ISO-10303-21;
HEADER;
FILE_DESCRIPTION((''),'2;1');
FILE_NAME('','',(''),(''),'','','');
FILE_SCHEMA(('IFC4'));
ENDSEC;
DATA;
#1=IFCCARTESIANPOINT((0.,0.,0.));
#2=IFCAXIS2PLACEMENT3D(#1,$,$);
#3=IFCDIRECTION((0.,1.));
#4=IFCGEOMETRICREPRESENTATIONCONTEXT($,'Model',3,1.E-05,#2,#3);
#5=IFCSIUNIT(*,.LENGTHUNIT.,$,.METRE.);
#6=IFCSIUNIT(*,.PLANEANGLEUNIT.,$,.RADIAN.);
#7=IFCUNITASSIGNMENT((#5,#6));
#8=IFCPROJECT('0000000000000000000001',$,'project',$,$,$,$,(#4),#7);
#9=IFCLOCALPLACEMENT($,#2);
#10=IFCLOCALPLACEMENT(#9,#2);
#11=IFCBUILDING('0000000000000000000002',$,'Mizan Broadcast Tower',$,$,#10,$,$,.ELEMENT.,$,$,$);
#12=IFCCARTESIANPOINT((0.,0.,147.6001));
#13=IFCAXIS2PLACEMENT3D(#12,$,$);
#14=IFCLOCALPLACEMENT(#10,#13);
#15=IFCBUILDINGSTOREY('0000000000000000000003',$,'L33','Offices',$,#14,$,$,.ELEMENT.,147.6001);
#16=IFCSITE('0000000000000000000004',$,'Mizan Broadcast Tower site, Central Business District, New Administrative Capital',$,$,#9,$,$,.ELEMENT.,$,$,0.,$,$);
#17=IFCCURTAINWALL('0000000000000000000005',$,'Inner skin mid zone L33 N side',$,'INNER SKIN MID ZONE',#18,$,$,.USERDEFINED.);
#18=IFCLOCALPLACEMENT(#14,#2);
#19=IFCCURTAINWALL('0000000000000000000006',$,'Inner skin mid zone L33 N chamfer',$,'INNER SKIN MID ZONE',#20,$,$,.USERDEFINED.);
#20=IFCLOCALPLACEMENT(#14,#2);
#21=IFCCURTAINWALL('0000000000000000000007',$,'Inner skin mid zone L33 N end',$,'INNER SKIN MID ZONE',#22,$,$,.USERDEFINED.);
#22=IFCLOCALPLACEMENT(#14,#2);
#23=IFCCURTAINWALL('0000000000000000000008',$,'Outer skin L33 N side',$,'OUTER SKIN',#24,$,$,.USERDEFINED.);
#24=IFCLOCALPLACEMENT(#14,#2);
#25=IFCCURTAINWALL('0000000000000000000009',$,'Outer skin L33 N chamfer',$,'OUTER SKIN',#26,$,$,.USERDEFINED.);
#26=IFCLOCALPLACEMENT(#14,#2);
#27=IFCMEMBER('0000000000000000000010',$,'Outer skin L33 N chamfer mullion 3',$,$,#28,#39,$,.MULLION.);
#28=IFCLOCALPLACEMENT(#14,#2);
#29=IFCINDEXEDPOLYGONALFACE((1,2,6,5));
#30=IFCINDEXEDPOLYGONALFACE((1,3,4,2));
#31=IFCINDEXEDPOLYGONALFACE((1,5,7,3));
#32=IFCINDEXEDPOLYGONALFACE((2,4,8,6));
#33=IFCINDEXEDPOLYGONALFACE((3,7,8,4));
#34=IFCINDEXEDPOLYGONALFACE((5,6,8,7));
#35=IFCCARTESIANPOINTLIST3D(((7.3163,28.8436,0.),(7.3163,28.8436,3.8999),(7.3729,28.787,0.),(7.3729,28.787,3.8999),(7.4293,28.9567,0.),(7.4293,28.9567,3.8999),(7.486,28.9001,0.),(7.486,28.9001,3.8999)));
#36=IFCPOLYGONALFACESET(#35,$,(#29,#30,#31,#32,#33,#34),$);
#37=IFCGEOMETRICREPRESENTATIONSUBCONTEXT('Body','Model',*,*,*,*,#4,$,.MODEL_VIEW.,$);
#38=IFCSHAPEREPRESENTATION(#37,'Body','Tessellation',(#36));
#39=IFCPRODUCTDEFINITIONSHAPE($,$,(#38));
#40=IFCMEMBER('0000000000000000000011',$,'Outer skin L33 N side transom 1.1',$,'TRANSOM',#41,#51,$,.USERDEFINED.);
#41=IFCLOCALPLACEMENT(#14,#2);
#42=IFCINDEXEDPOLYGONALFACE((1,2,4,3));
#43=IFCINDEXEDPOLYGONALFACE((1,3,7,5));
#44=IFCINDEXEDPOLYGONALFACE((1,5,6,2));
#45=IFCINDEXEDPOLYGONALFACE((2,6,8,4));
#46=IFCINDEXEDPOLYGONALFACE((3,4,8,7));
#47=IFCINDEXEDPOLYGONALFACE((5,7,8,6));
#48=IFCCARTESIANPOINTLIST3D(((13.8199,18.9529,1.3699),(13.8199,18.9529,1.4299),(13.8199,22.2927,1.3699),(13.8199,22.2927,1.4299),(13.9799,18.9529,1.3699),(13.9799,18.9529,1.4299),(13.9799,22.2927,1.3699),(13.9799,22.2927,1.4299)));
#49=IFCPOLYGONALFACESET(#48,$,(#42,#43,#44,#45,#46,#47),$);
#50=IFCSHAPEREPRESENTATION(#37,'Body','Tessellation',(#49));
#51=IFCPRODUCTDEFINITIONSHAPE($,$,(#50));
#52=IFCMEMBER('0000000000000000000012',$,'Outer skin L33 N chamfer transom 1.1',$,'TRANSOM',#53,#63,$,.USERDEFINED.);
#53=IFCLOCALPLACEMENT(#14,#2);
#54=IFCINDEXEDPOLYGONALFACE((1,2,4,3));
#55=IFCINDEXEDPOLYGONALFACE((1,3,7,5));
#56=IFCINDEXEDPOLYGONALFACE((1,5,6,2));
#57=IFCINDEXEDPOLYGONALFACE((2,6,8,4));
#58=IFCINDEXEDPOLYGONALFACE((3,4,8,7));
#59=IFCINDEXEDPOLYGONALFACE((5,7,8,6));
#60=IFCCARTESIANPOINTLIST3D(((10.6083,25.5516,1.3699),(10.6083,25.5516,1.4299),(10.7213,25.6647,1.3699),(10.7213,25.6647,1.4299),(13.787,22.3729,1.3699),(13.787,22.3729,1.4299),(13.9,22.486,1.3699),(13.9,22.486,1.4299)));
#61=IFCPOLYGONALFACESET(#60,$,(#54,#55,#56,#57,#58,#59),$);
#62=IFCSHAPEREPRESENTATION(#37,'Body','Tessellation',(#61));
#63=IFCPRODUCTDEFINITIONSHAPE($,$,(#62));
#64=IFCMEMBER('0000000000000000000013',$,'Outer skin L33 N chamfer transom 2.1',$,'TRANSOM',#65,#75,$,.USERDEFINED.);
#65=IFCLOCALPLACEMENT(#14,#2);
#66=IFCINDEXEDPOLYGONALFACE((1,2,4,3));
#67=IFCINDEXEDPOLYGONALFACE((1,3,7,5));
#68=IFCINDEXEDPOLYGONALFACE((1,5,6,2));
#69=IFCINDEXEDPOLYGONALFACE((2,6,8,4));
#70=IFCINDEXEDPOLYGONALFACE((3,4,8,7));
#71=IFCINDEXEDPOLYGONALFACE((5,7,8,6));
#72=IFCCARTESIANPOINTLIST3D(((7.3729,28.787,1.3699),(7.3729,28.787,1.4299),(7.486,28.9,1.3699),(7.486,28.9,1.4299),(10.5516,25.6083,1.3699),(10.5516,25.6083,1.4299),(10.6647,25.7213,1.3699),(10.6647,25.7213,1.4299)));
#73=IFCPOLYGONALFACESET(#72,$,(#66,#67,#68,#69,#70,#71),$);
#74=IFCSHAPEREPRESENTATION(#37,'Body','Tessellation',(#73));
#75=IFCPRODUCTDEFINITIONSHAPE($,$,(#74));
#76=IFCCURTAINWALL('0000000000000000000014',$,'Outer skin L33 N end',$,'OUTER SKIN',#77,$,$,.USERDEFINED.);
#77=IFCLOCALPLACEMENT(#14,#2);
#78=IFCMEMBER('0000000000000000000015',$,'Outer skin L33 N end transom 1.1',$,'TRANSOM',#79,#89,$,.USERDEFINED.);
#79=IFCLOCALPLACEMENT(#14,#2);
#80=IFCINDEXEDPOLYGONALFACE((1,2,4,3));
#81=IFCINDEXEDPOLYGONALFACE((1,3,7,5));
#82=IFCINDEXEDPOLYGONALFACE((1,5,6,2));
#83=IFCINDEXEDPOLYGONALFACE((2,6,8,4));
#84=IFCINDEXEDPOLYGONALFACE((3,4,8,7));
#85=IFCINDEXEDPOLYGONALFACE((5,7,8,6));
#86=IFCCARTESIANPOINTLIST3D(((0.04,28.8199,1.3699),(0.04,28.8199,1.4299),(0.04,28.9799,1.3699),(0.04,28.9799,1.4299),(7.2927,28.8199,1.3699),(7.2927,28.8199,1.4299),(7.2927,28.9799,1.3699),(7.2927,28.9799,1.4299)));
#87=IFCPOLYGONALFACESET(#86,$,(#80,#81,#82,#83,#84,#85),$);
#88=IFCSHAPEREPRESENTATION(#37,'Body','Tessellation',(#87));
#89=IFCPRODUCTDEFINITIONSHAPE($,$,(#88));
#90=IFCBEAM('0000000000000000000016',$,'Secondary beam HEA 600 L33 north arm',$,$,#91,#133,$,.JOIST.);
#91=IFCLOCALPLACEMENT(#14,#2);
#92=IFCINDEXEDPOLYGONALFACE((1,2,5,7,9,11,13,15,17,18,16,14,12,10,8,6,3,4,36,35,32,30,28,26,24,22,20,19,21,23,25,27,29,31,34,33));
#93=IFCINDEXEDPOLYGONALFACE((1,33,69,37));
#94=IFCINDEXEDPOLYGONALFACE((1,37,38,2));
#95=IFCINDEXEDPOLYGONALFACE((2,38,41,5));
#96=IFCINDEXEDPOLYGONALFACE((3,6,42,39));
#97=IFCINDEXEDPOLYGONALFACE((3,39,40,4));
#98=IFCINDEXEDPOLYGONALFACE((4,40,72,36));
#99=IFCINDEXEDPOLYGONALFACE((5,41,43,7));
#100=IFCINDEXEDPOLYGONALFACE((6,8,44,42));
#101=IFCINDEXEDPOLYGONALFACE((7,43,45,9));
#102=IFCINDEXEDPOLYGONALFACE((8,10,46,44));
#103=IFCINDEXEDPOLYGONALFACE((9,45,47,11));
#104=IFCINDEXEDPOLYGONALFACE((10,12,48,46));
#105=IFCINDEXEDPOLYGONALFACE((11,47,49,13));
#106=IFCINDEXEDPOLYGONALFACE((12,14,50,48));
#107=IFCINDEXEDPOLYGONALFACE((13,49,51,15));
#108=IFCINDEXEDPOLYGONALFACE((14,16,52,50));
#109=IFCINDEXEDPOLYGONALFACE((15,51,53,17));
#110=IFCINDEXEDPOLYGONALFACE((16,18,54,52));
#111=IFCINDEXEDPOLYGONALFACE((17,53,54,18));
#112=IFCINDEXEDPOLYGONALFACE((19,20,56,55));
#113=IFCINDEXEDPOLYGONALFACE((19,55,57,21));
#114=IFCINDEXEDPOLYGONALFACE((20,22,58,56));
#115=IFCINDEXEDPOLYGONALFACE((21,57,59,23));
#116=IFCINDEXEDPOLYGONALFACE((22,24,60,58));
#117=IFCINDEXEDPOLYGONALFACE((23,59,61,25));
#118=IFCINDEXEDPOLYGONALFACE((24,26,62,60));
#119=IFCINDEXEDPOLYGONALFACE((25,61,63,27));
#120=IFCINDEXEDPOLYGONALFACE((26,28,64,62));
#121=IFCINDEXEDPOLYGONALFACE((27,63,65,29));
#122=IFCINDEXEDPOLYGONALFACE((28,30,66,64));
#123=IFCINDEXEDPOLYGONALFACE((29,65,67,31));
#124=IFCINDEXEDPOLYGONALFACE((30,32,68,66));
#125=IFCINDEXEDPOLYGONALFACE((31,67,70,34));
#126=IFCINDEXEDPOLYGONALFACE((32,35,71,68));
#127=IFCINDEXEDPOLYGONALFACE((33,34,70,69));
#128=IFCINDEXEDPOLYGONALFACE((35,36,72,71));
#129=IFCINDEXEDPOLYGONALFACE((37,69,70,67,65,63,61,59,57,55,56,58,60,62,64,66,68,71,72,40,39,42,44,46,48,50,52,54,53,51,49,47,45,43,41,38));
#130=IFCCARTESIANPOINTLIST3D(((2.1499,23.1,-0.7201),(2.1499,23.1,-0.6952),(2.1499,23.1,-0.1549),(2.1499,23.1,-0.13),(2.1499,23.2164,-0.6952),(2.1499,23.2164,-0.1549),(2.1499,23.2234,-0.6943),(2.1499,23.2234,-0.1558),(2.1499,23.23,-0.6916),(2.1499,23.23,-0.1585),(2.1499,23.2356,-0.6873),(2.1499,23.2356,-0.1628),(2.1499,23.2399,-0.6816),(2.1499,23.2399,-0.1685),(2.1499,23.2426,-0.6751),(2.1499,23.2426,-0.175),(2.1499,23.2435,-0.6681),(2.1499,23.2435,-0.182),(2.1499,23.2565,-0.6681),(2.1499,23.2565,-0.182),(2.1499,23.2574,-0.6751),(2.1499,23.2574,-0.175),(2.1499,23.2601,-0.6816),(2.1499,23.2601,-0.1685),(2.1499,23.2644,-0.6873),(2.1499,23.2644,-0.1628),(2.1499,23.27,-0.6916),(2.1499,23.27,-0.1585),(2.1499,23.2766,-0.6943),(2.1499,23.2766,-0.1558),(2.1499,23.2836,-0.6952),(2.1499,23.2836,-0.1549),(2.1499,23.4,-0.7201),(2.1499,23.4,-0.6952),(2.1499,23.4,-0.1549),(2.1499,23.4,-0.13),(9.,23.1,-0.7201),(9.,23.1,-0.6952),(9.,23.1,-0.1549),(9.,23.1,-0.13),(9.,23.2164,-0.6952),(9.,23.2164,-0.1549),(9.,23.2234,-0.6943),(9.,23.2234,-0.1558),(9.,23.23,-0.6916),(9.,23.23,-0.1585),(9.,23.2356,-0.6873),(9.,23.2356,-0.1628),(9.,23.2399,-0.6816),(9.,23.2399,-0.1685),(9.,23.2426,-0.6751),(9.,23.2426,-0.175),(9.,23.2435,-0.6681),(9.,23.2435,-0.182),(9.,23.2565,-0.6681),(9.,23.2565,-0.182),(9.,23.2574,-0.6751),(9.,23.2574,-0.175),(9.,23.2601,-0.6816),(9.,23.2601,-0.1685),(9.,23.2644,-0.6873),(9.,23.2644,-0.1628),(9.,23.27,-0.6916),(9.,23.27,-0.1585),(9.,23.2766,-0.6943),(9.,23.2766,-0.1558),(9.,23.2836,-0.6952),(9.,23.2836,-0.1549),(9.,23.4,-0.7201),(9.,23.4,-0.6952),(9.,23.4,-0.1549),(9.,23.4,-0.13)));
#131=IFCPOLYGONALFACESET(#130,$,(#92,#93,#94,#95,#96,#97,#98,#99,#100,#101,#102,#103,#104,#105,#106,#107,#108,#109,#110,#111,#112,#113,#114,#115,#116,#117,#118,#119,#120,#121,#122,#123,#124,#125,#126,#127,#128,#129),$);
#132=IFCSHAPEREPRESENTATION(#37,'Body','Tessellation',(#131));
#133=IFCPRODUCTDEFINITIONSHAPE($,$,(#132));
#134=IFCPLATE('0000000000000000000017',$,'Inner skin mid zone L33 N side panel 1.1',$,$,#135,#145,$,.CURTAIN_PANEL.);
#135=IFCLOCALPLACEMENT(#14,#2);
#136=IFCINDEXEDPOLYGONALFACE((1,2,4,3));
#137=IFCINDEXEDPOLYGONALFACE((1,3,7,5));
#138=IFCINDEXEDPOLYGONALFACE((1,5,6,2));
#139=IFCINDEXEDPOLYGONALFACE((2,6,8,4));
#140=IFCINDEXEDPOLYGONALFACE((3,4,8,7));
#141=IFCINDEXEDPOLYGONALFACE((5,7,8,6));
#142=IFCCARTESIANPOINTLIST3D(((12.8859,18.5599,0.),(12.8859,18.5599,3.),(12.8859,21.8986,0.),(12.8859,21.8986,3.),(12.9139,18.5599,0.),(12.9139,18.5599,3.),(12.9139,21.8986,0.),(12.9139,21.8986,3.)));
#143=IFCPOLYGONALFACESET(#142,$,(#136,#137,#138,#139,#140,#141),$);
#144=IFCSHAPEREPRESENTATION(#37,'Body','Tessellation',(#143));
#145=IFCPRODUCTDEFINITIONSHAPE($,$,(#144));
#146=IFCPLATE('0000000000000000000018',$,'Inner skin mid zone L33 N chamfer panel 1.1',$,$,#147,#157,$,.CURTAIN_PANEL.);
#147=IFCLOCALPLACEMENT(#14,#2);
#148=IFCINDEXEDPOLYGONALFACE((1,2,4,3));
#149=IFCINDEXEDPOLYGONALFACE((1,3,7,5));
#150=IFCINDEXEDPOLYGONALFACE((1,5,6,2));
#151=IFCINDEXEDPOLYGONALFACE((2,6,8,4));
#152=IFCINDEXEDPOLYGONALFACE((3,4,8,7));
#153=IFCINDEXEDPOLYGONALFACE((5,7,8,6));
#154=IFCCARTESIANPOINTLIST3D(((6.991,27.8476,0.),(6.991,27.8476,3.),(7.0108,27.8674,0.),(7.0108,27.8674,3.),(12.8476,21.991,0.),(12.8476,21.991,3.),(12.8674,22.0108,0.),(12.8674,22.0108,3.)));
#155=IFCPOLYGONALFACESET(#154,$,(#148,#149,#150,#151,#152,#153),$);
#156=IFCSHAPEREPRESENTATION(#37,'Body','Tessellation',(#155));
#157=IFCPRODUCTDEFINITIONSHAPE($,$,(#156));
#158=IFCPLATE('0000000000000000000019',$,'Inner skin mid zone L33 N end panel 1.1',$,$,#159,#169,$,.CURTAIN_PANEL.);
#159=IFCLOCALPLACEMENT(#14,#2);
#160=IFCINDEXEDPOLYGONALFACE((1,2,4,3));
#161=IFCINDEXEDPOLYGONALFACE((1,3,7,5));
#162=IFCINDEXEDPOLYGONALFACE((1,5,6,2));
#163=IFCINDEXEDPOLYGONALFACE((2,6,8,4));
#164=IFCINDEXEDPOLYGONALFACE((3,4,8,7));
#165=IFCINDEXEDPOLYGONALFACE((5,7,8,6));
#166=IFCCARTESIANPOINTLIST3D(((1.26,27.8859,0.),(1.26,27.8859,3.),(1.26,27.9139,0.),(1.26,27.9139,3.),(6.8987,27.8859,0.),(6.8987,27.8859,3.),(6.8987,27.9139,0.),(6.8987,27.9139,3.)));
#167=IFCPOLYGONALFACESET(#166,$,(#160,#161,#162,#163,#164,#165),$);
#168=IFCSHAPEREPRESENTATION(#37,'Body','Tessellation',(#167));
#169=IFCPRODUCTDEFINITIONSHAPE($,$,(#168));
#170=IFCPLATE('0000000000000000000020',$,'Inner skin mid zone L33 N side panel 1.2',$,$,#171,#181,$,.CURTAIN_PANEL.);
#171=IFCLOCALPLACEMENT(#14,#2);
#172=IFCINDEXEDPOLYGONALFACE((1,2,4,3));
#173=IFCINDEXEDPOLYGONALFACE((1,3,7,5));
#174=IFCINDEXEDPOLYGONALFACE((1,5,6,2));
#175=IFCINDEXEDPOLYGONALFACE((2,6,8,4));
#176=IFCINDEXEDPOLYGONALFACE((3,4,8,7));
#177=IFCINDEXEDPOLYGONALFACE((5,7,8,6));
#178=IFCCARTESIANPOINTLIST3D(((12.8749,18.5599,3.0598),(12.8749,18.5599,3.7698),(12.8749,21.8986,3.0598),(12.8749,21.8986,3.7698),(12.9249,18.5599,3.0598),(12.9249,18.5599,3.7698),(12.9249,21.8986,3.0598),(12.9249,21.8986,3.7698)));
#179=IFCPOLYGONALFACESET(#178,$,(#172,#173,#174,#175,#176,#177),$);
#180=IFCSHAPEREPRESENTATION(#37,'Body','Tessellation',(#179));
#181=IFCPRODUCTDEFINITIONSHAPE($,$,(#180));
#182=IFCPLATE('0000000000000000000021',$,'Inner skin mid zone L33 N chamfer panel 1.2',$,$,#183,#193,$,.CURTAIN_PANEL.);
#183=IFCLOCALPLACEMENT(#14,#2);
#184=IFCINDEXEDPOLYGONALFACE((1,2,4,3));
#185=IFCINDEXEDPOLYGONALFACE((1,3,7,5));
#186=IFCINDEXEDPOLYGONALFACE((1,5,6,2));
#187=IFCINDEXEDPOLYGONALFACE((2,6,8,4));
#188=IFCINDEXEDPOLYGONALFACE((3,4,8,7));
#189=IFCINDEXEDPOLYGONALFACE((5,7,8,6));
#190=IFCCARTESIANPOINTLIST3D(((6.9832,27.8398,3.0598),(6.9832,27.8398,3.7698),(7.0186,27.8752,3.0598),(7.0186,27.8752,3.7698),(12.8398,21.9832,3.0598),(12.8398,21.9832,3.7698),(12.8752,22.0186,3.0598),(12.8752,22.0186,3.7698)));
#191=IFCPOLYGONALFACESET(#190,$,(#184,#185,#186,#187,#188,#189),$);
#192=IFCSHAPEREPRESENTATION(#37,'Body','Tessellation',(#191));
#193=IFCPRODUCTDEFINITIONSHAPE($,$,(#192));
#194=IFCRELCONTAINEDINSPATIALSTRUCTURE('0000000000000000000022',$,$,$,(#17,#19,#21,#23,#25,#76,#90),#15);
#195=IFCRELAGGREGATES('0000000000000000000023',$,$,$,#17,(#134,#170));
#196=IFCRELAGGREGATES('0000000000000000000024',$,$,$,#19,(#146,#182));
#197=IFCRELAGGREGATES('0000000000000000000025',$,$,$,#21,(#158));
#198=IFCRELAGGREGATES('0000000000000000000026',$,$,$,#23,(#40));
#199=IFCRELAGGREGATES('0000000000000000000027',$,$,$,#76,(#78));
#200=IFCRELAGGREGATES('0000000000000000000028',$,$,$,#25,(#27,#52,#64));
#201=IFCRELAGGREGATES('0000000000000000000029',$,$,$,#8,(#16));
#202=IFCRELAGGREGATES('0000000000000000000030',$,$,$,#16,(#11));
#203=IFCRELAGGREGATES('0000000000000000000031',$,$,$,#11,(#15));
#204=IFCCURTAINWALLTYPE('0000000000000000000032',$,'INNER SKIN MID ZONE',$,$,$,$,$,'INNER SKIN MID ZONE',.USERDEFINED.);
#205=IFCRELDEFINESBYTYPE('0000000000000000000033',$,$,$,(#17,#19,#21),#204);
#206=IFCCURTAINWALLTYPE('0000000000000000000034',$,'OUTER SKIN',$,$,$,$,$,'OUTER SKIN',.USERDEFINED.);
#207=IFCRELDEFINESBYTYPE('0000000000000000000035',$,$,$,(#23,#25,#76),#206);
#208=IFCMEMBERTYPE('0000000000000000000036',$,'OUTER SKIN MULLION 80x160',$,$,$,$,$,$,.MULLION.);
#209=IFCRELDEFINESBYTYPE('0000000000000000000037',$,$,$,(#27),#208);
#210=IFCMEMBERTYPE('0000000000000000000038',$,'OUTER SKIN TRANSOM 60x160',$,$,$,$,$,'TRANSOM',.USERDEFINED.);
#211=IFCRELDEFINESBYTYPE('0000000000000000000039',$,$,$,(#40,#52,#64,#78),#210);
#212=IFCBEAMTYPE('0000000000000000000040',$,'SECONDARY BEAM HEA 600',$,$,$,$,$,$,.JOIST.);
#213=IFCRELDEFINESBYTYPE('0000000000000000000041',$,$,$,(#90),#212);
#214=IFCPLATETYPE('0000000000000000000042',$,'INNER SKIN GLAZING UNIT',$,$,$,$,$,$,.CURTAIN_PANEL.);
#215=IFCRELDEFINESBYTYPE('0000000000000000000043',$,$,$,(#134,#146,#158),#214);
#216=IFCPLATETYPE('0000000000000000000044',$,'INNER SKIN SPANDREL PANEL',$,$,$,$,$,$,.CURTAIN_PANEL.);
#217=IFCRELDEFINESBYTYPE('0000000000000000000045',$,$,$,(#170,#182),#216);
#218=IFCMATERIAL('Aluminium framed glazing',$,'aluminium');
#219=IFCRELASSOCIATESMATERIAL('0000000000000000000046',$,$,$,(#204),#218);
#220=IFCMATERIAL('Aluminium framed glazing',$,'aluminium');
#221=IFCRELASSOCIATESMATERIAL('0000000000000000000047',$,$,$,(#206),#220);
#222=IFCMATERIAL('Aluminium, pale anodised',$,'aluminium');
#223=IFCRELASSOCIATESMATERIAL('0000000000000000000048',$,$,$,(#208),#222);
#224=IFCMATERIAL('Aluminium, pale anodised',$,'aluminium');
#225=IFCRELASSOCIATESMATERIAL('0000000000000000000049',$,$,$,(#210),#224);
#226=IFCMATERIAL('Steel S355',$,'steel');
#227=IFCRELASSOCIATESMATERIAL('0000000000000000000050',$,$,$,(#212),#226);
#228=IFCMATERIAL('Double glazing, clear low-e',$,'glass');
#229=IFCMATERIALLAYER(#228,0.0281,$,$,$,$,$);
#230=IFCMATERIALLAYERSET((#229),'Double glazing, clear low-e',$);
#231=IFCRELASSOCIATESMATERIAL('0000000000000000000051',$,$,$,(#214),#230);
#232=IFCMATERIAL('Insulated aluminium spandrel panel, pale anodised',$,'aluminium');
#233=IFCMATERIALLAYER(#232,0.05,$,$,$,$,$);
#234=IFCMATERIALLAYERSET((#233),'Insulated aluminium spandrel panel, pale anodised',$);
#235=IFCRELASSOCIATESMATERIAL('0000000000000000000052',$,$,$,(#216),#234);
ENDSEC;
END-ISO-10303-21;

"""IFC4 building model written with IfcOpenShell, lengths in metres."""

from ifc_helpers import new_model, si_unit, direction, frame, origin, origin_2d, place, context, subcontext, project, spatial, rectangle, i_section, extrude, material, layer, layer_set, material_profile, profile_set, type_object, element, aggregate, save


model = new_model("IFC4")

# Units and contexts
model_context = context("Model", 3, precision=1e-05, world=origin(), true_north=direction((0.0, 1.0)))
body_context = subcontext(model_context, "Body", "Model", "MODEL_VIEW")
ifc_project = project(units=[si_unit("LENGTHUNIT", "METRE"), si_unit("PLANEANGLEUNIT", "RADIAN")], contexts=[model_context])

# Site, building, storey
site_placement = place(None, origin())
site = spatial("IfcSite", under=ifc_project, at=site_placement, Name="Mizan Broadcast Tower site, Central Business District, New Administrative Capital", CompositionType="ELEMENT", RefElevation=0.0)
building_placement = place(site_placement, origin())
building = spatial("IfcBuilding", under=site, at=building_placement, Name="Mizan Broadcast Tower", CompositionType="ELEMENT")
storey_placement = place(building_placement, frame((0.0, 0.0, 147.6001)))
storey = spatial("IfcBuildingStorey", under=building, at=storey_placement, Name="L33", Description="Offices", CompositionType="ELEMENT", Elevation=147.6001)

# Curtain walls
ifc_material_1 = material(Name="Aluminium framed glazing", Category="aluminium")
curtain_wall_type_1 = type_object("IfcCurtainWallType", Name="INNER SKIN MID ZONE", ElementType="INNER SKIN MID ZONE", PredefinedType="USERDEFINED", material=ifc_material_1)
curtain_wall_1_placement = place(storey_placement, origin())
curtain_wall_1 = element("IfcCurtainWall", 1, at=curtain_wall_1_placement, inside=storey, type_object=curtain_wall_type_1, Name="Inner skin mid zone L33 N side", ObjectType="INNER SKIN MID ZONE", PredefinedType="USERDEFINED")
curtain_wall_2_placement = place(storey_placement, origin())
curtain_wall_2 = element("IfcCurtainWall", 2, at=curtain_wall_2_placement, inside=storey, type_object=curtain_wall_type_1, Name="Inner skin mid zone L33 N chamfer", ObjectType="INNER SKIN MID ZONE", PredefinedType="USERDEFINED")
curtain_wall_3_placement = place(storey_placement, origin())
curtain_wall_3 = element("IfcCurtainWall", 3, at=curtain_wall_3_placement, inside=storey, type_object=curtain_wall_type_1, Name="Inner skin mid zone L33 N end", ObjectType="INNER SKIN MID ZONE", PredefinedType="USERDEFINED")

# Curtain wall
ifc_material_2 = material(Name="Aluminium framed glazing", Category="aluminium")
curtain_wall_type_2 = type_object("IfcCurtainWallType", Name="OUTER SKIN", ElementType="OUTER SKIN", PredefinedType="USERDEFINED", material=ifc_material_2)
curtain_wall_4_placement = place(storey_placement, origin())
curtain_wall_4 = element("IfcCurtainWall", 4, at=curtain_wall_4_placement, inside=storey, type_object=curtain_wall_type_2, Name="Outer skin L33 N side", ObjectType="OUTER SKIN", PredefinedType="USERDEFINED")
ifc_material_3 = material(Name="Aluminium, pale anodised", Category="aluminium")
ifc_material_profile_1 = material_profile(ifc_material_3, rectangle(XDim=0.1599, YDim=0.0801, at=origin_2d()), Name="MULLION 160x80")
ifc_profile_set_1 = profile_set([ifc_material_profile_1], Name="Aluminium, pale anodised")
member_type_1 = type_object("IfcMemberType", Name="OUTER SKIN MULLION 80x160", PredefinedType="MULLION", material=ifc_profile_set_1)

# Curtain wall, member
curtain_wall_5_placement = place(storey_placement, origin())
curtain_wall_5 = element("IfcCurtainWall", 5, at=curtain_wall_5_placement, inside=storey, type_object=curtain_wall_type_2, Name="Outer skin L33 N chamfer", ObjectType="OUTER SKIN", PredefinedType="USERDEFINED")
member_1_placement = place(storey_placement, frame((7.4011, 28.8718, 0.0), z_axis=(0.0, 0.0, 1.0), x_axis=(-0.707107, -0.707107, 0.0)))
member_1 = element("IfcMember", 6, at=member_1_placement, type_object=member_type_1, Name="Outer skin L33 N chamfer mullion 3", PredefinedType="MULLION", context=body_context, shape_type="SweptSolid", body=[
    extrude(rectangle(XDim=0.1599, YDim=0.0801, at=origin_2d()), origin(), (0.0, 0.0, 1.0), 3.8999),
])

# Members
ifc_material_4 = material(Name="Aluminium, pale anodised", Category="aluminium")
ifc_material_profile_2 = material_profile(ifc_material_4, rectangle(XDim=0.1599, YDim=0.0601, at=origin_2d()), Name="TRANSOM 160x60")
ifc_profile_set_2 = profile_set([ifc_material_profile_2], Name="Aluminium, pale anodised")
member_type_2 = type_object("IfcMemberType", Name="OUTER SKIN TRANSOM 60x160", ElementType="TRANSOM", PredefinedType="USERDEFINED", material=ifc_profile_set_2)
member_2_placement = place(storey_placement, frame((13.8999, 18.9529, 1.3999), z_axis=(0.0, 1.0, 0.0), x_axis=(-1.0, 0.0, 0.0)))
member_2 = element("IfcMember", 7, at=member_2_placement, type_object=member_type_2, Name="Outer skin L33 N side transom 1.1", ObjectType="TRANSOM", PredefinedType="USERDEFINED", context=body_context, shape_type="SweptSolid", body=[
    extrude(rectangle(XDim=0.1599, YDim=0.0601, at=origin_2d()), origin(), (0.0, 0.0, 1.0), 3.3398),
])
member_3_placement = place(storey_placement, frame((13.8435, 22.4294, 1.3999), z_axis=(-0.707107, 0.707107, 0.0), x_axis=(-0.707107, -0.707107, 0.0)))
member_3 = element("IfcMember", 8, at=member_3_placement, type_object=member_type_2, Name="Outer skin L33 N chamfer transom 1.1", ObjectType="TRANSOM", PredefinedType="USERDEFINED", context=body_context, shape_type="SweptSolid", body=[
    extrude(rectangle(XDim=0.1599, YDim=0.0601, at=origin_2d()), origin(), (0.0, 0.0, 1.0), 4.4954),
])
member_4_placement = place(storey_placement, frame((10.6082, 25.6648, 1.3999), z_axis=(-0.707107, 0.707107, 0.0), x_axis=(-0.707107, -0.707107, 0.0)))
member_4 = element("IfcMember", 9, at=member_4_placement, type_object=member_type_2, Name="Outer skin L33 N chamfer transom 2.1", ObjectType="TRANSOM", PredefinedType="USERDEFINED", context=body_context, shape_type="SweptSolid", body=[
    extrude(rectangle(XDim=0.1599, YDim=0.0601, at=origin_2d()), origin(), (0.0, 0.0, 1.0), 4.4954),
])

# Curtain wall, member
curtain_wall_6_placement = place(storey_placement, origin())
curtain_wall_6 = element("IfcCurtainWall", 10, at=curtain_wall_6_placement, inside=storey, type_object=curtain_wall_type_2, Name="Outer skin L33 N end", ObjectType="OUTER SKIN", PredefinedType="USERDEFINED")
member_5_placement = place(storey_placement, frame((7.2927, 28.8999, 1.3999), z_axis=(-1.0, 0.0, 0.0), x_axis=(0.0, -1.0, 0.0)))
member_5 = element("IfcMember", 11, at=member_5_placement, type_object=member_type_2, Name="Outer skin L33 N end transom 1.1", ObjectType="TRANSOM", PredefinedType="USERDEFINED", context=body_context, shape_type="SweptSolid", body=[
    extrude(rectangle(XDim=0.1599, YDim=0.0601, at=origin_2d()), origin(), (0.0, 0.0, 1.0), 7.2527),
])

# Beam
ifc_material_5 = material(Name="Steel S355", Category="steel")
ifc_material_profile_3 = material_profile(ifc_material_5, i_section(OverallWidth=0.3, OverallDepth=0.5901, WebThickness=0.0129, FlangeThickness=0.0249, FilletRadius=0.0271, at=origin_2d()), Name="HEA 600")
ifc_profile_set_3 = profile_set([ifc_material_profile_3], Name="Steel S355")
beam_type_1 = type_object("IfcBeamType", Name="SECONDARY BEAM HEA 600", PredefinedType="JOIST", material=ifc_profile_set_3)
beam_1_placement = place(storey_placement, frame((9.0, 23.25, -0.425), z_axis=(-1.0, 0.0, 0.0), x_axis=(0.0, -1.0, 0.0)))
element("IfcBeam", 12, at=beam_1_placement, inside=storey, type_object=beam_type_1, Name="Secondary beam HEA 600 L33 north arm", PredefinedType="JOIST", context=body_context, shape_type="SweptSolid", body=[
    extrude(i_section(OverallWidth=0.3, OverallDepth=0.5901, WebThickness=0.0129, FlangeThickness=0.0249, FilletRadius=0.0271, at=origin_2d()), origin(), (0.0, 0.0, 1.0), 6.8501),
])

# Plates
ifc_material_6 = material(Name="Double glazing, clear low-e", Category="glass")
ifc_layer_1 = layer(ifc_material_6, 0.0281)
ifc_layer_set_1 = layer_set([ifc_layer_1], Name="Double glazing, clear low-e")
plate_type_1 = type_object("IfcPlateType", Name="INNER SKIN GLAZING UNIT", PredefinedType="CURTAIN_PANEL", material=ifc_layer_set_1)
plate_1_placement = place(storey_placement, frame((12.8999, 20.2292, 0.0), z_axis=(0.0, 0.0, 1.0), x_axis=(0.0, 1.0, 0.0)))
plate_1 = element("IfcPlate", 13, at=plate_1_placement, type_object=plate_type_1, Name="Inner skin mid zone L33 N side panel 1.1", PredefinedType="CURTAIN_PANEL", context=body_context, shape_type="SweptSolid", body=[
    extrude(rectangle(XDim=3.3386, YDim=0.0281, at=origin_2d()), origin(), (0.0, 0.0, 1.0), 3.0),
])
plate_2_placement = place(storey_placement, frame((9.9292, 24.9292, 0.0), z_axis=(0.0, 0.0, 1.0), x_axis=(-0.707107, 0.707107, 0.0)))
plate_2 = element("IfcPlate", 14, at=plate_2_placement, type_object=plate_type_1, Name="Inner skin mid zone L33 N chamfer panel 1.1", PredefinedType="CURTAIN_PANEL", context=body_context, shape_type="SweptSolid", body=[
    extrude(rectangle(XDim=8.2825, YDim=0.0281, at=origin_2d()), origin(), (0.0, 0.0, 1.0), 3.0),
])
plate_3_placement = place(storey_placement, frame((4.0793, 27.8999, 0.0), z_axis=(0.0, 0.0, 1.0), x_axis=(-1.0, 0.0, 0.0)))
plate_3 = element("IfcPlate", 15, at=plate_3_placement, type_object=plate_type_1, Name="Inner skin mid zone L33 N end panel 1.1", PredefinedType="CURTAIN_PANEL", context=body_context, shape_type="SweptSolid", body=[
    extrude(rectangle(XDim=5.6387, YDim=0.0281, at=origin_2d()), origin(), (0.0, 0.0, 1.0), 3.0),
])
ifc_material_7 = material(Name="Insulated aluminium spandrel panel, pale anodised", Category="aluminium")
ifc_layer_2 = layer(ifc_material_7, 0.05)
ifc_layer_set_2 = layer_set([ifc_layer_2], Name="Insulated aluminium spandrel panel, pale anodised")
plate_type_2 = type_object("IfcPlateType", Name="INNER SKIN SPANDREL PANEL", PredefinedType="CURTAIN_PANEL", material=ifc_layer_set_2)
plate_4_placement = place(storey_placement, frame((12.8999, 20.2292, 3.0598), z_axis=(0.0, 0.0, 1.0), x_axis=(0.0, 1.0, 0.0)))
plate_4 = element("IfcPlate", 16, at=plate_4_placement, type_object=plate_type_2, Name="Inner skin mid zone L33 N side panel 1.2", PredefinedType="CURTAIN_PANEL", context=body_context, shape_type="SweptSolid", body=[
    extrude(rectangle(XDim=3.3386, YDim=0.05, at=origin_2d()), origin(), (0.0, 0.0, 1.0), 0.71),
])
aggregate(curtain_wall_1, [plate_1, plate_4])
plate_5_placement = place(storey_placement, frame((9.9292, 24.9292, 3.0598), z_axis=(0.0, 0.0, 1.0), x_axis=(-0.707107, 0.707107, 0.0)))
plate_5 = element("IfcPlate", 17, at=plate_5_placement, type_object=plate_type_2, Name="Inner skin mid zone L33 N chamfer panel 1.2", PredefinedType="CURTAIN_PANEL", context=body_context, shape_type="SweptSolid", body=[
    extrude(rectangle(XDim=8.2825, YDim=0.05, at=origin_2d()), origin(), (0.0, 0.0, 1.0), 0.71),
])
aggregate(curtain_wall_2, [plate_2, plate_5])
aggregate(curtain_wall_3, [plate_3])
aggregate(curtain_wall_4, [member_2])
aggregate(curtain_wall_6, [member_5])
aggregate(curtain_wall_5, [member_1, member_3, member_4])

save(model, "model.ifc")
